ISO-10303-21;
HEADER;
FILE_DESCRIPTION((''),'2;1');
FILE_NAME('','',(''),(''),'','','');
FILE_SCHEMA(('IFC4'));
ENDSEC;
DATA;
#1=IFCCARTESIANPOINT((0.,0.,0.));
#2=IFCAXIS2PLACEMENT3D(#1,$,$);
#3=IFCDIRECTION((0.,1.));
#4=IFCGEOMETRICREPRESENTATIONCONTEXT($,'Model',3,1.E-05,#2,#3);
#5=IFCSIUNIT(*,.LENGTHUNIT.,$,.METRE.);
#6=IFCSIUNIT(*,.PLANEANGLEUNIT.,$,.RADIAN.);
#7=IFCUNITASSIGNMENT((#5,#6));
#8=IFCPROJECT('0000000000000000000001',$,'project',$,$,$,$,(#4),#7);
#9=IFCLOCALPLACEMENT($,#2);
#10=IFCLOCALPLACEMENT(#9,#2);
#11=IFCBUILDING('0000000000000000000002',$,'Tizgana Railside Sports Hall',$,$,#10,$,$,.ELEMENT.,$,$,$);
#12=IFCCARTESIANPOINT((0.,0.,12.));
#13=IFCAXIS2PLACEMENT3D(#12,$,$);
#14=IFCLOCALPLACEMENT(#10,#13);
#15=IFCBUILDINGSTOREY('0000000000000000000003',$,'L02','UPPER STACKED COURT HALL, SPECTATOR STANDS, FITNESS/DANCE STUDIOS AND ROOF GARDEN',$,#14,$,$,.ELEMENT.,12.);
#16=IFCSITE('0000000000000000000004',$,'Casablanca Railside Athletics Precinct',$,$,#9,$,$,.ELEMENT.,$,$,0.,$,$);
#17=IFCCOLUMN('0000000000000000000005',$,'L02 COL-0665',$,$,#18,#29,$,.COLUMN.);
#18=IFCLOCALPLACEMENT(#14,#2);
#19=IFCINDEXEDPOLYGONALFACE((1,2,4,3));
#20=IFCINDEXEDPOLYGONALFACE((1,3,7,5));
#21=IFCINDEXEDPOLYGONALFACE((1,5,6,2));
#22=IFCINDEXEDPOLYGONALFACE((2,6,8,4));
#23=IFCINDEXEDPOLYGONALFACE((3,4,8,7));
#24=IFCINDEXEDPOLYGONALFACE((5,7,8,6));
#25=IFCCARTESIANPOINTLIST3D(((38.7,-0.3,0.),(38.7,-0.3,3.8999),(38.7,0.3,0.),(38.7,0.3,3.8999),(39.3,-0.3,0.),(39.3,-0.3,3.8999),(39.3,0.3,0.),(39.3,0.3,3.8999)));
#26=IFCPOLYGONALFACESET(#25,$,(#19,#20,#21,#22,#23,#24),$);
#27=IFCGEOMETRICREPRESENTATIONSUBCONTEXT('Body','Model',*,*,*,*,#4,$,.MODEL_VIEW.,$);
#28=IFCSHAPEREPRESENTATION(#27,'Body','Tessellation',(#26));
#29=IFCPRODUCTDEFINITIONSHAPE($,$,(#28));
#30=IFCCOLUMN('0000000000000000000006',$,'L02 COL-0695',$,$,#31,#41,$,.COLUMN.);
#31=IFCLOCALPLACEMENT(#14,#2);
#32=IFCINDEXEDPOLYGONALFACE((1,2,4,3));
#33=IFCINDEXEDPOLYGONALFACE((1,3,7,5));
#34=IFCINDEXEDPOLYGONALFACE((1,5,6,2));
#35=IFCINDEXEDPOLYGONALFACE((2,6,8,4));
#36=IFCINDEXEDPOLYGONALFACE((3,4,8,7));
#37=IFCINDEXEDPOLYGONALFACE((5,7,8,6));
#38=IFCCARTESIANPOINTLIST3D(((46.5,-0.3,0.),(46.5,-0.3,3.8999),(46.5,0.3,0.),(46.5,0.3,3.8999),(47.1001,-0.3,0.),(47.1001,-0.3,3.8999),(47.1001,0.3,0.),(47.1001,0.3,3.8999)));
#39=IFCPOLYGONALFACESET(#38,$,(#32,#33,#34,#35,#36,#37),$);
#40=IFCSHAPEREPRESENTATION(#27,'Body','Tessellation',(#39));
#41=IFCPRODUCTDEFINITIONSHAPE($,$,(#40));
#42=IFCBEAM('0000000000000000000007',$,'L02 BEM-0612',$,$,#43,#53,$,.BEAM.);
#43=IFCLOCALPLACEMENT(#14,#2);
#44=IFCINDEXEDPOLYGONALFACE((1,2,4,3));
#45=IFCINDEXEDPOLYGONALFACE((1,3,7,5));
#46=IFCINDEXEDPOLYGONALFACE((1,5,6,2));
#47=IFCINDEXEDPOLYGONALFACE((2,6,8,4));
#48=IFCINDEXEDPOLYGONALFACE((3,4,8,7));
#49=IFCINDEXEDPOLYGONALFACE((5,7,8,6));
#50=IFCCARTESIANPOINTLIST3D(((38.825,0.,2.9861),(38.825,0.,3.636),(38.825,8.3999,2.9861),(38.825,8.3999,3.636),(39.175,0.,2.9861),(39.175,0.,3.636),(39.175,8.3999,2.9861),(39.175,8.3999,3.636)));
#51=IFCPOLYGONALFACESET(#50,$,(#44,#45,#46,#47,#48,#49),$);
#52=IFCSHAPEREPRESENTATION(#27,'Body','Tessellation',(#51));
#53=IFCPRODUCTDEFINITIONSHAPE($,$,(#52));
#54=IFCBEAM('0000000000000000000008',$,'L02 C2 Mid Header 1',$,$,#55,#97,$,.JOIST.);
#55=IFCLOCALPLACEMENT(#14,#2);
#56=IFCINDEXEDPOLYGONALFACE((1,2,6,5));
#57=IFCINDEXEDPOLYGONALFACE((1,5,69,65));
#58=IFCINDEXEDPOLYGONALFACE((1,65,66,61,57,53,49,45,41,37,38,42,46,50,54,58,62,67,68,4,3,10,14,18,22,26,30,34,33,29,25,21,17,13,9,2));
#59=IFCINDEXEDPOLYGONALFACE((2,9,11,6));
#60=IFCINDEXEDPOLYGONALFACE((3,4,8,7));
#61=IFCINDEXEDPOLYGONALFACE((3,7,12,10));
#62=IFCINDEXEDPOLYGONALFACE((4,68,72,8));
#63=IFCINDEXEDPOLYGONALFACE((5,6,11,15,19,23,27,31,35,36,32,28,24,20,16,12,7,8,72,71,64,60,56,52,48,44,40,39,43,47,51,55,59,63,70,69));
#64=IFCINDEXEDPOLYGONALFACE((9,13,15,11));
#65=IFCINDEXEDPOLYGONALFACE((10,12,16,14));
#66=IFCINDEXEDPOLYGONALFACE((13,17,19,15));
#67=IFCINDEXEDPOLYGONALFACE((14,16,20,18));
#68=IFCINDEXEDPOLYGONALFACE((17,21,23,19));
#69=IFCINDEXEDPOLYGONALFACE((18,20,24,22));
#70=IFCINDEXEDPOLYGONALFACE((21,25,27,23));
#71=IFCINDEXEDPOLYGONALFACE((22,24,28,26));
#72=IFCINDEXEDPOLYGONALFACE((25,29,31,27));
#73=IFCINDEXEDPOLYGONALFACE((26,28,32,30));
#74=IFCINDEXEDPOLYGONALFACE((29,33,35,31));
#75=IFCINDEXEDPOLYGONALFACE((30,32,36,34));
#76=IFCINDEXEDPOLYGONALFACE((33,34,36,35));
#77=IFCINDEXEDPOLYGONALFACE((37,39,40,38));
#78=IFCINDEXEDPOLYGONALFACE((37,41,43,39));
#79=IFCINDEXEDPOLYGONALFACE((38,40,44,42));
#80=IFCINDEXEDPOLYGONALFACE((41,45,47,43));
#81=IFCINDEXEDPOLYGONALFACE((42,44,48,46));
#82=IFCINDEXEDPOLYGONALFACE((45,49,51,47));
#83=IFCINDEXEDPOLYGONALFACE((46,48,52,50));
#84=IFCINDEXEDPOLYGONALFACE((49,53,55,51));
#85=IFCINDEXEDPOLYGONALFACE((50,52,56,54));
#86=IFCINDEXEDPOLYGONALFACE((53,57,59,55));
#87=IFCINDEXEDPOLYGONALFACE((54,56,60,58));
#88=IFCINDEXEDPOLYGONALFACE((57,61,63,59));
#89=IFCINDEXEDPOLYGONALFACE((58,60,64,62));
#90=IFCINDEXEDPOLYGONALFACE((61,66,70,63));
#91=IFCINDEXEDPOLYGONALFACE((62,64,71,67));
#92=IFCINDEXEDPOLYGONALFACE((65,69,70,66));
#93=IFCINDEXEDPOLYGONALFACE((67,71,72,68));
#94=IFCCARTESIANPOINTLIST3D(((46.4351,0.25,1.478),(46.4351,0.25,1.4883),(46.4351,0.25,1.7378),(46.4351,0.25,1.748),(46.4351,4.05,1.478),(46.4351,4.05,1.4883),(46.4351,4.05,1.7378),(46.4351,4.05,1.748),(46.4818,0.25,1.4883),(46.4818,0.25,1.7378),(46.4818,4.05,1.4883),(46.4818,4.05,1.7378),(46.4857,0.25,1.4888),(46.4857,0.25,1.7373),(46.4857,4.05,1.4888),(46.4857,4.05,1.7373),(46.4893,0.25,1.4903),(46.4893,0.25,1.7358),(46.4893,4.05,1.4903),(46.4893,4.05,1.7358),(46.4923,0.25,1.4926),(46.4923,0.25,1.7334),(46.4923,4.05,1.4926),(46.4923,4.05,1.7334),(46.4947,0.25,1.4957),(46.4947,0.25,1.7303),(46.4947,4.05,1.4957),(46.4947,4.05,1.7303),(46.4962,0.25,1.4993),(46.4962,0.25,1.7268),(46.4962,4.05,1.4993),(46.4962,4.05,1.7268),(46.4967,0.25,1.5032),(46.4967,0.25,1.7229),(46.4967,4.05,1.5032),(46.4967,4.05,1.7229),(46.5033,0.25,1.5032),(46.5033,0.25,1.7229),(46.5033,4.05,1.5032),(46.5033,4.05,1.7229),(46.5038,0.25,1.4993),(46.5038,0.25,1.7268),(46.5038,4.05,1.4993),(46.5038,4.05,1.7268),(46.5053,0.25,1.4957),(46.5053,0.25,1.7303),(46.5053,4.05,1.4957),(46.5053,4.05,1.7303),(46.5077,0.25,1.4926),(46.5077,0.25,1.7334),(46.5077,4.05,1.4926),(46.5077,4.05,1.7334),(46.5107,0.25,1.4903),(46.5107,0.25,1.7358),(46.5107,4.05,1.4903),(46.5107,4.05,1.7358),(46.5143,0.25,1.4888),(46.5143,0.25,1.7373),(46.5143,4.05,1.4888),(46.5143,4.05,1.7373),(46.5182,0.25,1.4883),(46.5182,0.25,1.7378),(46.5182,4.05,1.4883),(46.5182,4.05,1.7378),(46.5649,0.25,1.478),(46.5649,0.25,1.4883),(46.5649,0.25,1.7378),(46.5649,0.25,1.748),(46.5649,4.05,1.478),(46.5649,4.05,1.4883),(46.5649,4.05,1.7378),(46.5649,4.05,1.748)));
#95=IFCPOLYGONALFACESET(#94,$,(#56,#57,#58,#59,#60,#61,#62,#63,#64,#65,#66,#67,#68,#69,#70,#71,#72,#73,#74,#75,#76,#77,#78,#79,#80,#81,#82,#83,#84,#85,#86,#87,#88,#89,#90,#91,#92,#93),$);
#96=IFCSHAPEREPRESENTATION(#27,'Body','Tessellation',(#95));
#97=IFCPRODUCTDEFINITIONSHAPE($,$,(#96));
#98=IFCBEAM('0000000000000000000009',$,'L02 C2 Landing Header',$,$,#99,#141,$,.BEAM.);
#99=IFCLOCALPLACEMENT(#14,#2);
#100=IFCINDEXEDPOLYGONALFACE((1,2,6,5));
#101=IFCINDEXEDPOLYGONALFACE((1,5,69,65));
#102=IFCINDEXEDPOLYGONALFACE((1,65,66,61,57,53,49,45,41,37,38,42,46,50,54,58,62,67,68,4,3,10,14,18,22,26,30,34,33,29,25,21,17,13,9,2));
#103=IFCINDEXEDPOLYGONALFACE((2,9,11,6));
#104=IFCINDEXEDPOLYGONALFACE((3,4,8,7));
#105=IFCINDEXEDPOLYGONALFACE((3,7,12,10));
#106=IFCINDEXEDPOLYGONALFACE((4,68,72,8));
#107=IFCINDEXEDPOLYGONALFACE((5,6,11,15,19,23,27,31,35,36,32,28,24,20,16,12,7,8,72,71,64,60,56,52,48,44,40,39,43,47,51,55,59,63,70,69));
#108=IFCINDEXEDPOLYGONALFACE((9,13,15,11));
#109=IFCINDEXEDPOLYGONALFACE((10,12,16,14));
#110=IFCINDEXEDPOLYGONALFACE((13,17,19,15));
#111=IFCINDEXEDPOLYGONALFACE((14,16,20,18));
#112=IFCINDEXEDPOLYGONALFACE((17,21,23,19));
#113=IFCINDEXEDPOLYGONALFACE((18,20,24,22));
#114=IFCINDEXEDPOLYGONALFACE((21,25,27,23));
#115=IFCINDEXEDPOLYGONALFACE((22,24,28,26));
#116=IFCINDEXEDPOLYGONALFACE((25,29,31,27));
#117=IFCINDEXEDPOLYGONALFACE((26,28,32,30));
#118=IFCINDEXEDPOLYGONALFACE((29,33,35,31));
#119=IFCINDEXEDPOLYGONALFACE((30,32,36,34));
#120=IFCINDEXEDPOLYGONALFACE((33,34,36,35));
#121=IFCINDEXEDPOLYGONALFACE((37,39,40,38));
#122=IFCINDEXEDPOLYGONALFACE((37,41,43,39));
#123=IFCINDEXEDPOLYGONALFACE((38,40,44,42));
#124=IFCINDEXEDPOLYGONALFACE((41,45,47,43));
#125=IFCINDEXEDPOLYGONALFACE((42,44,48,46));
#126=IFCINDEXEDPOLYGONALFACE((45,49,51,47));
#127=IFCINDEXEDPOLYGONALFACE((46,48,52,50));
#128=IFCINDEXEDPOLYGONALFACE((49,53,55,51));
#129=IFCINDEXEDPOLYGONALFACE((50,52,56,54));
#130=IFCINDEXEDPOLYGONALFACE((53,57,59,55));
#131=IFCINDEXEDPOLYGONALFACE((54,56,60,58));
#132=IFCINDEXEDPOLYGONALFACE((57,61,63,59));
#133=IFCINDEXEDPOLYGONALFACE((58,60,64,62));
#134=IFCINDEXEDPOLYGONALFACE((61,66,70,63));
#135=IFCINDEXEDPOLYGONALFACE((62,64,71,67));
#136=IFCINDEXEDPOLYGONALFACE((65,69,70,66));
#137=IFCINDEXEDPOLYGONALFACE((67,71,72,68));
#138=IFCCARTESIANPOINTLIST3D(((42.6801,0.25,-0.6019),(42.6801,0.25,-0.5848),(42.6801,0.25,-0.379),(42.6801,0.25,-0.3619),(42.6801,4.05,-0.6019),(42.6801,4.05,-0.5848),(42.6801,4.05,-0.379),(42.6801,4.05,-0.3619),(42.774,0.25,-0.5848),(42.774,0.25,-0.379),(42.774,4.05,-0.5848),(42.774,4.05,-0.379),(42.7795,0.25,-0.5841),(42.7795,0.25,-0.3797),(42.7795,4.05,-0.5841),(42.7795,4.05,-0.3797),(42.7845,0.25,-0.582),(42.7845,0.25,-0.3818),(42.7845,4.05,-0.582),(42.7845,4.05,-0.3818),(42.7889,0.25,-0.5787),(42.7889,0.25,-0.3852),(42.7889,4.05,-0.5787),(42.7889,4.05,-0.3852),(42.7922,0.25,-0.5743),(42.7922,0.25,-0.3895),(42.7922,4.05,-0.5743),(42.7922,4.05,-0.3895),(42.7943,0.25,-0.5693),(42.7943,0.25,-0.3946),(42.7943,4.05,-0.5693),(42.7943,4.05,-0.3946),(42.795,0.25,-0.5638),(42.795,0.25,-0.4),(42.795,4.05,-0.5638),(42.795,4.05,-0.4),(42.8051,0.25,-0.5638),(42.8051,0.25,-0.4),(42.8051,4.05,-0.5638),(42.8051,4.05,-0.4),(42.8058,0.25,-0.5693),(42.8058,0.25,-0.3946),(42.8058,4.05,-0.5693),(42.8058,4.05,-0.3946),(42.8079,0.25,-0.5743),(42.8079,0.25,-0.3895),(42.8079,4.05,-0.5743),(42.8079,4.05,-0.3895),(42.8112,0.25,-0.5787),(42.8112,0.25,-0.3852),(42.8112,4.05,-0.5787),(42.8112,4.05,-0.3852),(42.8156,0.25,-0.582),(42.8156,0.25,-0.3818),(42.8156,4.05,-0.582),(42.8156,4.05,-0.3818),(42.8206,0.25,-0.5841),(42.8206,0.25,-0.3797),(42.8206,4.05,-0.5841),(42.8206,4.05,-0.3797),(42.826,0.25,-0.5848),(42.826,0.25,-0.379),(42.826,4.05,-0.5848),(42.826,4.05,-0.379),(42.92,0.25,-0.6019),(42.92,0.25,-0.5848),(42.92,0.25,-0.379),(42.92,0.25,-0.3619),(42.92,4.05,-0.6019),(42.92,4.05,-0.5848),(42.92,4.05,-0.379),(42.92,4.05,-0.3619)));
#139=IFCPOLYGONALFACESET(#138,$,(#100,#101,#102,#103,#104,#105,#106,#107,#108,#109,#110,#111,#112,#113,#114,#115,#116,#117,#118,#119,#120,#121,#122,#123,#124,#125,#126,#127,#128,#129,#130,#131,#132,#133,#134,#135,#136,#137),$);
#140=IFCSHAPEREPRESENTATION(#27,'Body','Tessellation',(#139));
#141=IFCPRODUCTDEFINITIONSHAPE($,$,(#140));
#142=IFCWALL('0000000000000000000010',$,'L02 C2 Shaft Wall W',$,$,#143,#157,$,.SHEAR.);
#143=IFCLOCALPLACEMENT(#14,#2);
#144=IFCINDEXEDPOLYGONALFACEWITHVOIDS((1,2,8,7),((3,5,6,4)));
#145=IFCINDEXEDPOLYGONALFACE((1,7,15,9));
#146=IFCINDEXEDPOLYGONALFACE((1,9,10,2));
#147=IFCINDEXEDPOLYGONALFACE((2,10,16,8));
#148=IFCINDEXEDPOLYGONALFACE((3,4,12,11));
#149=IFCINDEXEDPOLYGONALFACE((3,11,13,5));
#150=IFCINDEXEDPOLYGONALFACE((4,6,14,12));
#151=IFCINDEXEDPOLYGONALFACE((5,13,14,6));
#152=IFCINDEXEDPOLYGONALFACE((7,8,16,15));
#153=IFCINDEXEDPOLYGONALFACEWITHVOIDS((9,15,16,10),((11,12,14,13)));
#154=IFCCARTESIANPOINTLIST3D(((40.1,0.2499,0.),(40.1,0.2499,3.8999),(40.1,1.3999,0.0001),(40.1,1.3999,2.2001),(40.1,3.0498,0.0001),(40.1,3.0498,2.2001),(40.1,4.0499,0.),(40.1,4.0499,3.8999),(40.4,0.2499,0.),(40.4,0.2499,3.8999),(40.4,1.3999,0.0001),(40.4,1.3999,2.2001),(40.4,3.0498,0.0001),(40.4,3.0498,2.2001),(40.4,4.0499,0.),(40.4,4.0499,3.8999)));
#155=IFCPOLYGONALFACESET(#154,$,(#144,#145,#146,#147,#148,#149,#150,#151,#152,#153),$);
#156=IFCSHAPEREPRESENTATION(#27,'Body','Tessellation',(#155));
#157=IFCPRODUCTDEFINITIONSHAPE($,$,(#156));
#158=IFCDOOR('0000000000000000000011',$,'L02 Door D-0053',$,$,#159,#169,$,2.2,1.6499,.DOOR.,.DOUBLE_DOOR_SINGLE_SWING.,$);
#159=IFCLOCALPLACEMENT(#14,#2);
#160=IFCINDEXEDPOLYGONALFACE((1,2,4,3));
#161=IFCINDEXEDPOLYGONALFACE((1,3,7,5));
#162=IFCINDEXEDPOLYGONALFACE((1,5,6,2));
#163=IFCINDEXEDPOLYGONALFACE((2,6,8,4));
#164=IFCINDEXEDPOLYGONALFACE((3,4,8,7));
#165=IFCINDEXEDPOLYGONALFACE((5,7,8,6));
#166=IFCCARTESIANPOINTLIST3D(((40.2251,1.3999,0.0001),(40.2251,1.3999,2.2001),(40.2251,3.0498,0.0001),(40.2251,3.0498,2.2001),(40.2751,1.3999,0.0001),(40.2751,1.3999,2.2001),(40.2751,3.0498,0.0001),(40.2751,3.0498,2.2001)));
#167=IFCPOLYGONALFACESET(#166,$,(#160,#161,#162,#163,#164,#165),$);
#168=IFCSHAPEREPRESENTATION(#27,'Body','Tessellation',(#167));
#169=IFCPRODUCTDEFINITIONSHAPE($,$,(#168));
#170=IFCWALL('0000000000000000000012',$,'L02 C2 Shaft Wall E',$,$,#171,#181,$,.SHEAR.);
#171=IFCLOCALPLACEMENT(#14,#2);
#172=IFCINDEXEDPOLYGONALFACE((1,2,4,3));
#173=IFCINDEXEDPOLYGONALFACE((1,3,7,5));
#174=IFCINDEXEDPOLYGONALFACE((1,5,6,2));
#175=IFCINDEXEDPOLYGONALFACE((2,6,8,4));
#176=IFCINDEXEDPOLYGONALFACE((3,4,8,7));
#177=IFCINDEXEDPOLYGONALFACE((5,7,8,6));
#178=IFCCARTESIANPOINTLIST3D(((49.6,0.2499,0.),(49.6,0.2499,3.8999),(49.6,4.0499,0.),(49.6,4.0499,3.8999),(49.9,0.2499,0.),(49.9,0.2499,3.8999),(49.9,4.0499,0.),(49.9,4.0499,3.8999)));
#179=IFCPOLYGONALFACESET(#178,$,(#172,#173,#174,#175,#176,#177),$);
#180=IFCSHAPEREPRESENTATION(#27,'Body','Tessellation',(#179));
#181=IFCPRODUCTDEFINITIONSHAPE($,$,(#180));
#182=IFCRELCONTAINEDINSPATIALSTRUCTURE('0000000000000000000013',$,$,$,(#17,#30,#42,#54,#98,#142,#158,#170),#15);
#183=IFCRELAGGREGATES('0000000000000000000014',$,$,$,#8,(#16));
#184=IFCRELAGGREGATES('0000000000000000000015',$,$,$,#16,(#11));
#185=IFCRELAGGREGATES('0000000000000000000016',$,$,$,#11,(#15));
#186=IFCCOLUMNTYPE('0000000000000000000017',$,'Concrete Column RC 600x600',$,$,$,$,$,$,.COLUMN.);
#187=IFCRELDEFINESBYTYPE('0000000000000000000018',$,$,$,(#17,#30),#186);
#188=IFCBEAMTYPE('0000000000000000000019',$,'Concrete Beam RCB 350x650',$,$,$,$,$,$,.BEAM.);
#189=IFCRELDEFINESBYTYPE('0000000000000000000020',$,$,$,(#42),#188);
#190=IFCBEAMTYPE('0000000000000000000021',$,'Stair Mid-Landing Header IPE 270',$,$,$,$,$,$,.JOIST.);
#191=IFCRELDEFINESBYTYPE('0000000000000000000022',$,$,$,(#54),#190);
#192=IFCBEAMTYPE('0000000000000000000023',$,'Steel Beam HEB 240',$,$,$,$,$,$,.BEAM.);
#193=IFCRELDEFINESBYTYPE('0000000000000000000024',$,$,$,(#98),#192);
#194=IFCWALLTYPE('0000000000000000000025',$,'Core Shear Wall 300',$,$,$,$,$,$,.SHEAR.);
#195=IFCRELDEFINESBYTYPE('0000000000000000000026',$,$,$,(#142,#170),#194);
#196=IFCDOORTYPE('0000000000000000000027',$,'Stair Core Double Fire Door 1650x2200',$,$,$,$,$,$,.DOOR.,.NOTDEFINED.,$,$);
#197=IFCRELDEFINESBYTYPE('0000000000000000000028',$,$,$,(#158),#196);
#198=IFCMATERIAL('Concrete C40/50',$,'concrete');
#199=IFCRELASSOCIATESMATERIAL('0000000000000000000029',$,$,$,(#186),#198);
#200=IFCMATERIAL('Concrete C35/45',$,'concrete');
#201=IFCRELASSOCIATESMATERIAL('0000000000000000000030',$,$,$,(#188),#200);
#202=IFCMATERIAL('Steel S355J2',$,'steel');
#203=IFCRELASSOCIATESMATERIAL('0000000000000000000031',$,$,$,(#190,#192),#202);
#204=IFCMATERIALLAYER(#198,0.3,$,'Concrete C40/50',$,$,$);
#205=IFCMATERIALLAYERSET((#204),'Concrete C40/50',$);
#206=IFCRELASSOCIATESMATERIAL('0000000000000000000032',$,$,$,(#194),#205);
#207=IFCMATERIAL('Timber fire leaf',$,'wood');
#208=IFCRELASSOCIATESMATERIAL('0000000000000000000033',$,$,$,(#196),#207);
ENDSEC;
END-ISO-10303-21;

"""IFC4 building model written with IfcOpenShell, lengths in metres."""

from ifc_helpers import new_model, si_unit, direction, frame, frame_2d, origin, origin_2d, place, context, subcontext, project, spatial, rectangle, i_section, extrude, material, layer, layer_set, material_profile, profile_set, type_object, element, fill, save


model = new_model("IFC4")

# Units and contexts
model_context = context("Model", 3, precision=1e-05, world=origin(), true_north=direction((0.0, 1.0)))
body_context = subcontext(model_context, "Body", "Model", "MODEL_VIEW")
ifc_project = project(units=[si_unit("LENGTHUNIT", "METRE"), si_unit("PLANEANGLEUNIT", "RADIAN")], contexts=[model_context])

# Site, building, storey
site_placement = place(None, origin())
site = spatial("IfcSite", under=ifc_project, at=site_placement, Name="Casablanca Railside Athletics Precinct", CompositionType="ELEMENT", RefElevation=0.0)
building_placement = place(site_placement, origin())
building = spatial("IfcBuilding", under=site, at=building_placement, Name="Tizgana Railside Sports Hall", CompositionType="ELEMENT")
storey_placement = place(building_placement, frame((0.0, 0.0, 12.0)))
storey = spatial("IfcBuildingStorey", under=building, at=storey_placement, Name="L02", Description="UPPER STACKED COURT HALL, SPECTATOR STANDS, FITNESS/DANCE STUDIOS AND ROOF GARDEN", CompositionType="ELEMENT", Elevation=12.0)

# Columns
ifc_material_1 = material(Name="Concrete C40/50", Category="concrete")
ifc_material_profile_1 = material_profile(ifc_material_1, rectangle(XDim=0.6001, YDim=0.6001, at=origin_2d()), Name="RC 600x600")
ifc_profile_set_1 = profile_set([ifc_material_profile_1], Name="Concrete C40/50")
column_type = type_object("IfcColumnType", Name="Concrete Column RC 600x600", PredefinedType="COLUMN", material=ifc_profile_set_1)
for number, where, z_axis, x_axis, name in (
    (1, (39.0, 0.0, 0.0), (0.0, 0.0, 1.0), (1.0, 0.0, 0.0), "L02 COL-0665"),
    (2, (46.8, 0.0, 0.0), (0.0, 0.0, 1.0), (1.0, 0.0, 0.0), "L02 COL-0695"),
):
    element("IfcColumn", number, at=place(storey_placement, frame(where, z_axis=z_axis, x_axis=x_axis)), inside=storey, type_object=column_type, Name=name, PredefinedType="COLUMN", context=body_context, shape_type="SweptSolid", body=[
        extrude(rectangle(XDim=0.6001, YDim=0.6001, at=origin_2d()), origin(), (0.0, 0.0, 1.0), 3.8999),
    ])

# Beams
ifc_material_2 = material(Name="Concrete C35/45", Category="concrete")
ifc_material_profile_2 = material_profile(ifc_material_2, rectangle(XDim=0.3501, YDim=0.6499, at=origin_2d()), Name="RCB 350x650")
ifc_profile_set_2 = profile_set([ifc_material_profile_2], Name="Concrete C35/45")
beam_type_1 = type_object("IfcBeamType", Name="Concrete Beam RCB 350x650", PredefinedType="BEAM", material=ifc_profile_set_2)
beam_1_placement = place(storey_placement, frame((39.0, 0.0, 3.311), z_axis=(0.0, 1.0, 0.0), x_axis=(-1.0, 0.0, 0.0)))
element("IfcBeam", 3, at=beam_1_placement, inside=storey, type_object=beam_type_1, Name="L02 BEM-0612", PredefinedType="BEAM", context=body_context, shape_type="SweptSolid", body=[
    extrude(rectangle(XDim=0.3501, YDim=0.6499, at=origin_2d()), origin(), (0.0, 0.0, 1.0), 8.3999),
])
ifc_material_3 = material(Name="Steel S355J2", Category="steel")
ifc_material_profile_3 = material_profile(ifc_material_3, i_section(OverallWidth=0.1299, OverallDepth=0.27, WebThickness=0.0066, FlangeThickness=0.0103, FilletRadius=0.0149, at=origin_2d()), Name="IPE 270")
ifc_profile_set_3 = profile_set([ifc_material_profile_3], Name="Steel S355J2")
beam_type_2 = type_object("IfcBeamType", Name="Stair Mid-Landing Header IPE 270", PredefinedType="JOIST", material=ifc_profile_set_3)
beam_2_placement = place(storey_placement, frame((46.5, 0.25, 1.613), z_axis=(0.0, 1.0, 0.0), x_axis=(-1.0, 0.0, 0.0)))
element("IfcBeam", 4, at=beam_2_placement, inside=storey, type_object=beam_type_2, Name="L02 C2 Mid Header 1", PredefinedType="JOIST", context=body_context, shape_type="SweptSolid", body=[
    extrude(i_section(OverallWidth=0.1299, OverallDepth=0.27, WebThickness=0.0066, FlangeThickness=0.0103, FilletRadius=0.0149, at=origin_2d()), origin(), (0.0, 0.0, 1.0), 3.8),
])
ifc_material_profile_4 = material_profile(ifc_material_3, i_section(OverallWidth=0.24, OverallDepth=0.24, WebThickness=0.01, FlangeThickness=0.0171, FilletRadius=0.021, at=origin_2d()), Name="HEB 240")
ifc_profile_set_4 = profile_set([ifc_material_profile_4], Name="Steel S355J2")
beam_type_3 = type_object("IfcBeamType", Name="Steel Beam HEB 240", PredefinedType="BEAM", material=ifc_profile_set_4)
beam_3_placement = place(storey_placement, frame((42.8, 0.25, -0.4819), z_axis=(0.0, 1.0, 0.0), x_axis=(-1.0, 0.0, 0.0)))
element("IfcBeam", 5, at=beam_3_placement, inside=storey, type_object=beam_type_3, Name="L02 C2 Landing Header", PredefinedType="BEAM", context=body_context, shape_type="SweptSolid", body=[
    extrude(i_section(OverallWidth=0.24, OverallDepth=0.24, WebThickness=0.01, FlangeThickness=0.0171, FilletRadius=0.021, at=origin_2d()), origin(), (0.0, 0.0, 1.0), 3.8),
])

# Wall, opening, door
ifc_layer_1 = layer(ifc_material_1, 0.3, Name="Concrete C40/50")
ifc_layer_set_1 = layer_set([ifc_layer_1], Name="Concrete C40/50")
wall_type_1 = type_object("IfcWallType", Name="Core Shear Wall 300", PredefinedType="SHEAR", material=ifc_layer_set_1)
wall_1_placement = place(storey_placement, frame((40.25, 0.25, 0.0), z_axis=(0.0, 0.0, 1.0), x_axis=(0.0, 1.0, 0.0)))
wall_1 = element("IfcWall", 6, at=wall_1_placement, inside=storey, type_object=wall_type_1, Name="L02 C2 Shaft Wall W", PredefinedType="SHEAR", context=body_context, shape_type="SweptSolid", body=[
    extrude(rectangle(XDim=3.8, YDim=0.3, at=frame_2d((1.8999, 0.0))), origin(), (0.0, 0.0, 1.0), 3.8999),
])
opening_1_placement = place(wall_1_placement, frame((1.1499, 0.0, 0.0)))
opening_1 = element("IfcOpeningElement", 7, at=opening_1_placement, cuts=wall_1, PredefinedType="OPENING", context=body_context, shape_type="SweptSolid", body=[
    extrude(rectangle(XDim=1.6499, YDim=2.2, at=frame_2d((0.825, 1.1001))), frame((0.0, 0.1599, 0.0), z_axis=(0.0, -1.0, 0.0), x_axis=(1.0, 0.0, 0.0)), (0.0, 0.0, 1.0), 0.3201),
])
ifc_material_4 = material(Name="Timber fire leaf", Category="wood")
door_type = type_object("IfcDoorType", Name="Stair Core Double Fire Door 1650x2200", OperationType="NOTDEFINED", PredefinedType="DOOR", material=ifc_material_4)
door_placement = place(opening_1_placement, origin())
door = element("IfcDoor", 8, at=door_placement, inside=storey, type_object=door_type, Name="L02 Door D-0053", OperationType="DOUBLE_DOOR_SINGLE_SWING", OverallHeight=2.2, OverallWidth=1.6499, PredefinedType="DOOR", context=body_context, shape_type="SweptSolid", body=[
    extrude(rectangle(XDim=1.6499, YDim=2.2, at=frame_2d((0.825, 1.1001))), frame((0.0, 0.0249, 0.0), z_axis=(0.0, -1.0, 0.0), x_axis=(1.0, 0.0, 0.0)), (0.0, 0.0, 1.0), 0.05),
])
fill(opening_1, door)

# Wall
wall_2_placement = place(storey_placement, frame((49.75, 0.25, 0.0), z_axis=(0.0, 0.0, 1.0), x_axis=(0.0, 1.0, 0.0)))
element("IfcWall", 9, at=wall_2_placement, inside=storey, type_object=wall_type_1, Name="L02 C2 Shaft Wall E", PredefinedType="SHEAR", context=body_context, shape_type="SweptSolid", body=[
    extrude(rectangle(XDim=3.8, YDim=0.3, at=frame_2d((1.8999, 0.0))), origin(), (0.0, 0.0, 1.0), 3.8999),
])

save(model, "model.ifc")
